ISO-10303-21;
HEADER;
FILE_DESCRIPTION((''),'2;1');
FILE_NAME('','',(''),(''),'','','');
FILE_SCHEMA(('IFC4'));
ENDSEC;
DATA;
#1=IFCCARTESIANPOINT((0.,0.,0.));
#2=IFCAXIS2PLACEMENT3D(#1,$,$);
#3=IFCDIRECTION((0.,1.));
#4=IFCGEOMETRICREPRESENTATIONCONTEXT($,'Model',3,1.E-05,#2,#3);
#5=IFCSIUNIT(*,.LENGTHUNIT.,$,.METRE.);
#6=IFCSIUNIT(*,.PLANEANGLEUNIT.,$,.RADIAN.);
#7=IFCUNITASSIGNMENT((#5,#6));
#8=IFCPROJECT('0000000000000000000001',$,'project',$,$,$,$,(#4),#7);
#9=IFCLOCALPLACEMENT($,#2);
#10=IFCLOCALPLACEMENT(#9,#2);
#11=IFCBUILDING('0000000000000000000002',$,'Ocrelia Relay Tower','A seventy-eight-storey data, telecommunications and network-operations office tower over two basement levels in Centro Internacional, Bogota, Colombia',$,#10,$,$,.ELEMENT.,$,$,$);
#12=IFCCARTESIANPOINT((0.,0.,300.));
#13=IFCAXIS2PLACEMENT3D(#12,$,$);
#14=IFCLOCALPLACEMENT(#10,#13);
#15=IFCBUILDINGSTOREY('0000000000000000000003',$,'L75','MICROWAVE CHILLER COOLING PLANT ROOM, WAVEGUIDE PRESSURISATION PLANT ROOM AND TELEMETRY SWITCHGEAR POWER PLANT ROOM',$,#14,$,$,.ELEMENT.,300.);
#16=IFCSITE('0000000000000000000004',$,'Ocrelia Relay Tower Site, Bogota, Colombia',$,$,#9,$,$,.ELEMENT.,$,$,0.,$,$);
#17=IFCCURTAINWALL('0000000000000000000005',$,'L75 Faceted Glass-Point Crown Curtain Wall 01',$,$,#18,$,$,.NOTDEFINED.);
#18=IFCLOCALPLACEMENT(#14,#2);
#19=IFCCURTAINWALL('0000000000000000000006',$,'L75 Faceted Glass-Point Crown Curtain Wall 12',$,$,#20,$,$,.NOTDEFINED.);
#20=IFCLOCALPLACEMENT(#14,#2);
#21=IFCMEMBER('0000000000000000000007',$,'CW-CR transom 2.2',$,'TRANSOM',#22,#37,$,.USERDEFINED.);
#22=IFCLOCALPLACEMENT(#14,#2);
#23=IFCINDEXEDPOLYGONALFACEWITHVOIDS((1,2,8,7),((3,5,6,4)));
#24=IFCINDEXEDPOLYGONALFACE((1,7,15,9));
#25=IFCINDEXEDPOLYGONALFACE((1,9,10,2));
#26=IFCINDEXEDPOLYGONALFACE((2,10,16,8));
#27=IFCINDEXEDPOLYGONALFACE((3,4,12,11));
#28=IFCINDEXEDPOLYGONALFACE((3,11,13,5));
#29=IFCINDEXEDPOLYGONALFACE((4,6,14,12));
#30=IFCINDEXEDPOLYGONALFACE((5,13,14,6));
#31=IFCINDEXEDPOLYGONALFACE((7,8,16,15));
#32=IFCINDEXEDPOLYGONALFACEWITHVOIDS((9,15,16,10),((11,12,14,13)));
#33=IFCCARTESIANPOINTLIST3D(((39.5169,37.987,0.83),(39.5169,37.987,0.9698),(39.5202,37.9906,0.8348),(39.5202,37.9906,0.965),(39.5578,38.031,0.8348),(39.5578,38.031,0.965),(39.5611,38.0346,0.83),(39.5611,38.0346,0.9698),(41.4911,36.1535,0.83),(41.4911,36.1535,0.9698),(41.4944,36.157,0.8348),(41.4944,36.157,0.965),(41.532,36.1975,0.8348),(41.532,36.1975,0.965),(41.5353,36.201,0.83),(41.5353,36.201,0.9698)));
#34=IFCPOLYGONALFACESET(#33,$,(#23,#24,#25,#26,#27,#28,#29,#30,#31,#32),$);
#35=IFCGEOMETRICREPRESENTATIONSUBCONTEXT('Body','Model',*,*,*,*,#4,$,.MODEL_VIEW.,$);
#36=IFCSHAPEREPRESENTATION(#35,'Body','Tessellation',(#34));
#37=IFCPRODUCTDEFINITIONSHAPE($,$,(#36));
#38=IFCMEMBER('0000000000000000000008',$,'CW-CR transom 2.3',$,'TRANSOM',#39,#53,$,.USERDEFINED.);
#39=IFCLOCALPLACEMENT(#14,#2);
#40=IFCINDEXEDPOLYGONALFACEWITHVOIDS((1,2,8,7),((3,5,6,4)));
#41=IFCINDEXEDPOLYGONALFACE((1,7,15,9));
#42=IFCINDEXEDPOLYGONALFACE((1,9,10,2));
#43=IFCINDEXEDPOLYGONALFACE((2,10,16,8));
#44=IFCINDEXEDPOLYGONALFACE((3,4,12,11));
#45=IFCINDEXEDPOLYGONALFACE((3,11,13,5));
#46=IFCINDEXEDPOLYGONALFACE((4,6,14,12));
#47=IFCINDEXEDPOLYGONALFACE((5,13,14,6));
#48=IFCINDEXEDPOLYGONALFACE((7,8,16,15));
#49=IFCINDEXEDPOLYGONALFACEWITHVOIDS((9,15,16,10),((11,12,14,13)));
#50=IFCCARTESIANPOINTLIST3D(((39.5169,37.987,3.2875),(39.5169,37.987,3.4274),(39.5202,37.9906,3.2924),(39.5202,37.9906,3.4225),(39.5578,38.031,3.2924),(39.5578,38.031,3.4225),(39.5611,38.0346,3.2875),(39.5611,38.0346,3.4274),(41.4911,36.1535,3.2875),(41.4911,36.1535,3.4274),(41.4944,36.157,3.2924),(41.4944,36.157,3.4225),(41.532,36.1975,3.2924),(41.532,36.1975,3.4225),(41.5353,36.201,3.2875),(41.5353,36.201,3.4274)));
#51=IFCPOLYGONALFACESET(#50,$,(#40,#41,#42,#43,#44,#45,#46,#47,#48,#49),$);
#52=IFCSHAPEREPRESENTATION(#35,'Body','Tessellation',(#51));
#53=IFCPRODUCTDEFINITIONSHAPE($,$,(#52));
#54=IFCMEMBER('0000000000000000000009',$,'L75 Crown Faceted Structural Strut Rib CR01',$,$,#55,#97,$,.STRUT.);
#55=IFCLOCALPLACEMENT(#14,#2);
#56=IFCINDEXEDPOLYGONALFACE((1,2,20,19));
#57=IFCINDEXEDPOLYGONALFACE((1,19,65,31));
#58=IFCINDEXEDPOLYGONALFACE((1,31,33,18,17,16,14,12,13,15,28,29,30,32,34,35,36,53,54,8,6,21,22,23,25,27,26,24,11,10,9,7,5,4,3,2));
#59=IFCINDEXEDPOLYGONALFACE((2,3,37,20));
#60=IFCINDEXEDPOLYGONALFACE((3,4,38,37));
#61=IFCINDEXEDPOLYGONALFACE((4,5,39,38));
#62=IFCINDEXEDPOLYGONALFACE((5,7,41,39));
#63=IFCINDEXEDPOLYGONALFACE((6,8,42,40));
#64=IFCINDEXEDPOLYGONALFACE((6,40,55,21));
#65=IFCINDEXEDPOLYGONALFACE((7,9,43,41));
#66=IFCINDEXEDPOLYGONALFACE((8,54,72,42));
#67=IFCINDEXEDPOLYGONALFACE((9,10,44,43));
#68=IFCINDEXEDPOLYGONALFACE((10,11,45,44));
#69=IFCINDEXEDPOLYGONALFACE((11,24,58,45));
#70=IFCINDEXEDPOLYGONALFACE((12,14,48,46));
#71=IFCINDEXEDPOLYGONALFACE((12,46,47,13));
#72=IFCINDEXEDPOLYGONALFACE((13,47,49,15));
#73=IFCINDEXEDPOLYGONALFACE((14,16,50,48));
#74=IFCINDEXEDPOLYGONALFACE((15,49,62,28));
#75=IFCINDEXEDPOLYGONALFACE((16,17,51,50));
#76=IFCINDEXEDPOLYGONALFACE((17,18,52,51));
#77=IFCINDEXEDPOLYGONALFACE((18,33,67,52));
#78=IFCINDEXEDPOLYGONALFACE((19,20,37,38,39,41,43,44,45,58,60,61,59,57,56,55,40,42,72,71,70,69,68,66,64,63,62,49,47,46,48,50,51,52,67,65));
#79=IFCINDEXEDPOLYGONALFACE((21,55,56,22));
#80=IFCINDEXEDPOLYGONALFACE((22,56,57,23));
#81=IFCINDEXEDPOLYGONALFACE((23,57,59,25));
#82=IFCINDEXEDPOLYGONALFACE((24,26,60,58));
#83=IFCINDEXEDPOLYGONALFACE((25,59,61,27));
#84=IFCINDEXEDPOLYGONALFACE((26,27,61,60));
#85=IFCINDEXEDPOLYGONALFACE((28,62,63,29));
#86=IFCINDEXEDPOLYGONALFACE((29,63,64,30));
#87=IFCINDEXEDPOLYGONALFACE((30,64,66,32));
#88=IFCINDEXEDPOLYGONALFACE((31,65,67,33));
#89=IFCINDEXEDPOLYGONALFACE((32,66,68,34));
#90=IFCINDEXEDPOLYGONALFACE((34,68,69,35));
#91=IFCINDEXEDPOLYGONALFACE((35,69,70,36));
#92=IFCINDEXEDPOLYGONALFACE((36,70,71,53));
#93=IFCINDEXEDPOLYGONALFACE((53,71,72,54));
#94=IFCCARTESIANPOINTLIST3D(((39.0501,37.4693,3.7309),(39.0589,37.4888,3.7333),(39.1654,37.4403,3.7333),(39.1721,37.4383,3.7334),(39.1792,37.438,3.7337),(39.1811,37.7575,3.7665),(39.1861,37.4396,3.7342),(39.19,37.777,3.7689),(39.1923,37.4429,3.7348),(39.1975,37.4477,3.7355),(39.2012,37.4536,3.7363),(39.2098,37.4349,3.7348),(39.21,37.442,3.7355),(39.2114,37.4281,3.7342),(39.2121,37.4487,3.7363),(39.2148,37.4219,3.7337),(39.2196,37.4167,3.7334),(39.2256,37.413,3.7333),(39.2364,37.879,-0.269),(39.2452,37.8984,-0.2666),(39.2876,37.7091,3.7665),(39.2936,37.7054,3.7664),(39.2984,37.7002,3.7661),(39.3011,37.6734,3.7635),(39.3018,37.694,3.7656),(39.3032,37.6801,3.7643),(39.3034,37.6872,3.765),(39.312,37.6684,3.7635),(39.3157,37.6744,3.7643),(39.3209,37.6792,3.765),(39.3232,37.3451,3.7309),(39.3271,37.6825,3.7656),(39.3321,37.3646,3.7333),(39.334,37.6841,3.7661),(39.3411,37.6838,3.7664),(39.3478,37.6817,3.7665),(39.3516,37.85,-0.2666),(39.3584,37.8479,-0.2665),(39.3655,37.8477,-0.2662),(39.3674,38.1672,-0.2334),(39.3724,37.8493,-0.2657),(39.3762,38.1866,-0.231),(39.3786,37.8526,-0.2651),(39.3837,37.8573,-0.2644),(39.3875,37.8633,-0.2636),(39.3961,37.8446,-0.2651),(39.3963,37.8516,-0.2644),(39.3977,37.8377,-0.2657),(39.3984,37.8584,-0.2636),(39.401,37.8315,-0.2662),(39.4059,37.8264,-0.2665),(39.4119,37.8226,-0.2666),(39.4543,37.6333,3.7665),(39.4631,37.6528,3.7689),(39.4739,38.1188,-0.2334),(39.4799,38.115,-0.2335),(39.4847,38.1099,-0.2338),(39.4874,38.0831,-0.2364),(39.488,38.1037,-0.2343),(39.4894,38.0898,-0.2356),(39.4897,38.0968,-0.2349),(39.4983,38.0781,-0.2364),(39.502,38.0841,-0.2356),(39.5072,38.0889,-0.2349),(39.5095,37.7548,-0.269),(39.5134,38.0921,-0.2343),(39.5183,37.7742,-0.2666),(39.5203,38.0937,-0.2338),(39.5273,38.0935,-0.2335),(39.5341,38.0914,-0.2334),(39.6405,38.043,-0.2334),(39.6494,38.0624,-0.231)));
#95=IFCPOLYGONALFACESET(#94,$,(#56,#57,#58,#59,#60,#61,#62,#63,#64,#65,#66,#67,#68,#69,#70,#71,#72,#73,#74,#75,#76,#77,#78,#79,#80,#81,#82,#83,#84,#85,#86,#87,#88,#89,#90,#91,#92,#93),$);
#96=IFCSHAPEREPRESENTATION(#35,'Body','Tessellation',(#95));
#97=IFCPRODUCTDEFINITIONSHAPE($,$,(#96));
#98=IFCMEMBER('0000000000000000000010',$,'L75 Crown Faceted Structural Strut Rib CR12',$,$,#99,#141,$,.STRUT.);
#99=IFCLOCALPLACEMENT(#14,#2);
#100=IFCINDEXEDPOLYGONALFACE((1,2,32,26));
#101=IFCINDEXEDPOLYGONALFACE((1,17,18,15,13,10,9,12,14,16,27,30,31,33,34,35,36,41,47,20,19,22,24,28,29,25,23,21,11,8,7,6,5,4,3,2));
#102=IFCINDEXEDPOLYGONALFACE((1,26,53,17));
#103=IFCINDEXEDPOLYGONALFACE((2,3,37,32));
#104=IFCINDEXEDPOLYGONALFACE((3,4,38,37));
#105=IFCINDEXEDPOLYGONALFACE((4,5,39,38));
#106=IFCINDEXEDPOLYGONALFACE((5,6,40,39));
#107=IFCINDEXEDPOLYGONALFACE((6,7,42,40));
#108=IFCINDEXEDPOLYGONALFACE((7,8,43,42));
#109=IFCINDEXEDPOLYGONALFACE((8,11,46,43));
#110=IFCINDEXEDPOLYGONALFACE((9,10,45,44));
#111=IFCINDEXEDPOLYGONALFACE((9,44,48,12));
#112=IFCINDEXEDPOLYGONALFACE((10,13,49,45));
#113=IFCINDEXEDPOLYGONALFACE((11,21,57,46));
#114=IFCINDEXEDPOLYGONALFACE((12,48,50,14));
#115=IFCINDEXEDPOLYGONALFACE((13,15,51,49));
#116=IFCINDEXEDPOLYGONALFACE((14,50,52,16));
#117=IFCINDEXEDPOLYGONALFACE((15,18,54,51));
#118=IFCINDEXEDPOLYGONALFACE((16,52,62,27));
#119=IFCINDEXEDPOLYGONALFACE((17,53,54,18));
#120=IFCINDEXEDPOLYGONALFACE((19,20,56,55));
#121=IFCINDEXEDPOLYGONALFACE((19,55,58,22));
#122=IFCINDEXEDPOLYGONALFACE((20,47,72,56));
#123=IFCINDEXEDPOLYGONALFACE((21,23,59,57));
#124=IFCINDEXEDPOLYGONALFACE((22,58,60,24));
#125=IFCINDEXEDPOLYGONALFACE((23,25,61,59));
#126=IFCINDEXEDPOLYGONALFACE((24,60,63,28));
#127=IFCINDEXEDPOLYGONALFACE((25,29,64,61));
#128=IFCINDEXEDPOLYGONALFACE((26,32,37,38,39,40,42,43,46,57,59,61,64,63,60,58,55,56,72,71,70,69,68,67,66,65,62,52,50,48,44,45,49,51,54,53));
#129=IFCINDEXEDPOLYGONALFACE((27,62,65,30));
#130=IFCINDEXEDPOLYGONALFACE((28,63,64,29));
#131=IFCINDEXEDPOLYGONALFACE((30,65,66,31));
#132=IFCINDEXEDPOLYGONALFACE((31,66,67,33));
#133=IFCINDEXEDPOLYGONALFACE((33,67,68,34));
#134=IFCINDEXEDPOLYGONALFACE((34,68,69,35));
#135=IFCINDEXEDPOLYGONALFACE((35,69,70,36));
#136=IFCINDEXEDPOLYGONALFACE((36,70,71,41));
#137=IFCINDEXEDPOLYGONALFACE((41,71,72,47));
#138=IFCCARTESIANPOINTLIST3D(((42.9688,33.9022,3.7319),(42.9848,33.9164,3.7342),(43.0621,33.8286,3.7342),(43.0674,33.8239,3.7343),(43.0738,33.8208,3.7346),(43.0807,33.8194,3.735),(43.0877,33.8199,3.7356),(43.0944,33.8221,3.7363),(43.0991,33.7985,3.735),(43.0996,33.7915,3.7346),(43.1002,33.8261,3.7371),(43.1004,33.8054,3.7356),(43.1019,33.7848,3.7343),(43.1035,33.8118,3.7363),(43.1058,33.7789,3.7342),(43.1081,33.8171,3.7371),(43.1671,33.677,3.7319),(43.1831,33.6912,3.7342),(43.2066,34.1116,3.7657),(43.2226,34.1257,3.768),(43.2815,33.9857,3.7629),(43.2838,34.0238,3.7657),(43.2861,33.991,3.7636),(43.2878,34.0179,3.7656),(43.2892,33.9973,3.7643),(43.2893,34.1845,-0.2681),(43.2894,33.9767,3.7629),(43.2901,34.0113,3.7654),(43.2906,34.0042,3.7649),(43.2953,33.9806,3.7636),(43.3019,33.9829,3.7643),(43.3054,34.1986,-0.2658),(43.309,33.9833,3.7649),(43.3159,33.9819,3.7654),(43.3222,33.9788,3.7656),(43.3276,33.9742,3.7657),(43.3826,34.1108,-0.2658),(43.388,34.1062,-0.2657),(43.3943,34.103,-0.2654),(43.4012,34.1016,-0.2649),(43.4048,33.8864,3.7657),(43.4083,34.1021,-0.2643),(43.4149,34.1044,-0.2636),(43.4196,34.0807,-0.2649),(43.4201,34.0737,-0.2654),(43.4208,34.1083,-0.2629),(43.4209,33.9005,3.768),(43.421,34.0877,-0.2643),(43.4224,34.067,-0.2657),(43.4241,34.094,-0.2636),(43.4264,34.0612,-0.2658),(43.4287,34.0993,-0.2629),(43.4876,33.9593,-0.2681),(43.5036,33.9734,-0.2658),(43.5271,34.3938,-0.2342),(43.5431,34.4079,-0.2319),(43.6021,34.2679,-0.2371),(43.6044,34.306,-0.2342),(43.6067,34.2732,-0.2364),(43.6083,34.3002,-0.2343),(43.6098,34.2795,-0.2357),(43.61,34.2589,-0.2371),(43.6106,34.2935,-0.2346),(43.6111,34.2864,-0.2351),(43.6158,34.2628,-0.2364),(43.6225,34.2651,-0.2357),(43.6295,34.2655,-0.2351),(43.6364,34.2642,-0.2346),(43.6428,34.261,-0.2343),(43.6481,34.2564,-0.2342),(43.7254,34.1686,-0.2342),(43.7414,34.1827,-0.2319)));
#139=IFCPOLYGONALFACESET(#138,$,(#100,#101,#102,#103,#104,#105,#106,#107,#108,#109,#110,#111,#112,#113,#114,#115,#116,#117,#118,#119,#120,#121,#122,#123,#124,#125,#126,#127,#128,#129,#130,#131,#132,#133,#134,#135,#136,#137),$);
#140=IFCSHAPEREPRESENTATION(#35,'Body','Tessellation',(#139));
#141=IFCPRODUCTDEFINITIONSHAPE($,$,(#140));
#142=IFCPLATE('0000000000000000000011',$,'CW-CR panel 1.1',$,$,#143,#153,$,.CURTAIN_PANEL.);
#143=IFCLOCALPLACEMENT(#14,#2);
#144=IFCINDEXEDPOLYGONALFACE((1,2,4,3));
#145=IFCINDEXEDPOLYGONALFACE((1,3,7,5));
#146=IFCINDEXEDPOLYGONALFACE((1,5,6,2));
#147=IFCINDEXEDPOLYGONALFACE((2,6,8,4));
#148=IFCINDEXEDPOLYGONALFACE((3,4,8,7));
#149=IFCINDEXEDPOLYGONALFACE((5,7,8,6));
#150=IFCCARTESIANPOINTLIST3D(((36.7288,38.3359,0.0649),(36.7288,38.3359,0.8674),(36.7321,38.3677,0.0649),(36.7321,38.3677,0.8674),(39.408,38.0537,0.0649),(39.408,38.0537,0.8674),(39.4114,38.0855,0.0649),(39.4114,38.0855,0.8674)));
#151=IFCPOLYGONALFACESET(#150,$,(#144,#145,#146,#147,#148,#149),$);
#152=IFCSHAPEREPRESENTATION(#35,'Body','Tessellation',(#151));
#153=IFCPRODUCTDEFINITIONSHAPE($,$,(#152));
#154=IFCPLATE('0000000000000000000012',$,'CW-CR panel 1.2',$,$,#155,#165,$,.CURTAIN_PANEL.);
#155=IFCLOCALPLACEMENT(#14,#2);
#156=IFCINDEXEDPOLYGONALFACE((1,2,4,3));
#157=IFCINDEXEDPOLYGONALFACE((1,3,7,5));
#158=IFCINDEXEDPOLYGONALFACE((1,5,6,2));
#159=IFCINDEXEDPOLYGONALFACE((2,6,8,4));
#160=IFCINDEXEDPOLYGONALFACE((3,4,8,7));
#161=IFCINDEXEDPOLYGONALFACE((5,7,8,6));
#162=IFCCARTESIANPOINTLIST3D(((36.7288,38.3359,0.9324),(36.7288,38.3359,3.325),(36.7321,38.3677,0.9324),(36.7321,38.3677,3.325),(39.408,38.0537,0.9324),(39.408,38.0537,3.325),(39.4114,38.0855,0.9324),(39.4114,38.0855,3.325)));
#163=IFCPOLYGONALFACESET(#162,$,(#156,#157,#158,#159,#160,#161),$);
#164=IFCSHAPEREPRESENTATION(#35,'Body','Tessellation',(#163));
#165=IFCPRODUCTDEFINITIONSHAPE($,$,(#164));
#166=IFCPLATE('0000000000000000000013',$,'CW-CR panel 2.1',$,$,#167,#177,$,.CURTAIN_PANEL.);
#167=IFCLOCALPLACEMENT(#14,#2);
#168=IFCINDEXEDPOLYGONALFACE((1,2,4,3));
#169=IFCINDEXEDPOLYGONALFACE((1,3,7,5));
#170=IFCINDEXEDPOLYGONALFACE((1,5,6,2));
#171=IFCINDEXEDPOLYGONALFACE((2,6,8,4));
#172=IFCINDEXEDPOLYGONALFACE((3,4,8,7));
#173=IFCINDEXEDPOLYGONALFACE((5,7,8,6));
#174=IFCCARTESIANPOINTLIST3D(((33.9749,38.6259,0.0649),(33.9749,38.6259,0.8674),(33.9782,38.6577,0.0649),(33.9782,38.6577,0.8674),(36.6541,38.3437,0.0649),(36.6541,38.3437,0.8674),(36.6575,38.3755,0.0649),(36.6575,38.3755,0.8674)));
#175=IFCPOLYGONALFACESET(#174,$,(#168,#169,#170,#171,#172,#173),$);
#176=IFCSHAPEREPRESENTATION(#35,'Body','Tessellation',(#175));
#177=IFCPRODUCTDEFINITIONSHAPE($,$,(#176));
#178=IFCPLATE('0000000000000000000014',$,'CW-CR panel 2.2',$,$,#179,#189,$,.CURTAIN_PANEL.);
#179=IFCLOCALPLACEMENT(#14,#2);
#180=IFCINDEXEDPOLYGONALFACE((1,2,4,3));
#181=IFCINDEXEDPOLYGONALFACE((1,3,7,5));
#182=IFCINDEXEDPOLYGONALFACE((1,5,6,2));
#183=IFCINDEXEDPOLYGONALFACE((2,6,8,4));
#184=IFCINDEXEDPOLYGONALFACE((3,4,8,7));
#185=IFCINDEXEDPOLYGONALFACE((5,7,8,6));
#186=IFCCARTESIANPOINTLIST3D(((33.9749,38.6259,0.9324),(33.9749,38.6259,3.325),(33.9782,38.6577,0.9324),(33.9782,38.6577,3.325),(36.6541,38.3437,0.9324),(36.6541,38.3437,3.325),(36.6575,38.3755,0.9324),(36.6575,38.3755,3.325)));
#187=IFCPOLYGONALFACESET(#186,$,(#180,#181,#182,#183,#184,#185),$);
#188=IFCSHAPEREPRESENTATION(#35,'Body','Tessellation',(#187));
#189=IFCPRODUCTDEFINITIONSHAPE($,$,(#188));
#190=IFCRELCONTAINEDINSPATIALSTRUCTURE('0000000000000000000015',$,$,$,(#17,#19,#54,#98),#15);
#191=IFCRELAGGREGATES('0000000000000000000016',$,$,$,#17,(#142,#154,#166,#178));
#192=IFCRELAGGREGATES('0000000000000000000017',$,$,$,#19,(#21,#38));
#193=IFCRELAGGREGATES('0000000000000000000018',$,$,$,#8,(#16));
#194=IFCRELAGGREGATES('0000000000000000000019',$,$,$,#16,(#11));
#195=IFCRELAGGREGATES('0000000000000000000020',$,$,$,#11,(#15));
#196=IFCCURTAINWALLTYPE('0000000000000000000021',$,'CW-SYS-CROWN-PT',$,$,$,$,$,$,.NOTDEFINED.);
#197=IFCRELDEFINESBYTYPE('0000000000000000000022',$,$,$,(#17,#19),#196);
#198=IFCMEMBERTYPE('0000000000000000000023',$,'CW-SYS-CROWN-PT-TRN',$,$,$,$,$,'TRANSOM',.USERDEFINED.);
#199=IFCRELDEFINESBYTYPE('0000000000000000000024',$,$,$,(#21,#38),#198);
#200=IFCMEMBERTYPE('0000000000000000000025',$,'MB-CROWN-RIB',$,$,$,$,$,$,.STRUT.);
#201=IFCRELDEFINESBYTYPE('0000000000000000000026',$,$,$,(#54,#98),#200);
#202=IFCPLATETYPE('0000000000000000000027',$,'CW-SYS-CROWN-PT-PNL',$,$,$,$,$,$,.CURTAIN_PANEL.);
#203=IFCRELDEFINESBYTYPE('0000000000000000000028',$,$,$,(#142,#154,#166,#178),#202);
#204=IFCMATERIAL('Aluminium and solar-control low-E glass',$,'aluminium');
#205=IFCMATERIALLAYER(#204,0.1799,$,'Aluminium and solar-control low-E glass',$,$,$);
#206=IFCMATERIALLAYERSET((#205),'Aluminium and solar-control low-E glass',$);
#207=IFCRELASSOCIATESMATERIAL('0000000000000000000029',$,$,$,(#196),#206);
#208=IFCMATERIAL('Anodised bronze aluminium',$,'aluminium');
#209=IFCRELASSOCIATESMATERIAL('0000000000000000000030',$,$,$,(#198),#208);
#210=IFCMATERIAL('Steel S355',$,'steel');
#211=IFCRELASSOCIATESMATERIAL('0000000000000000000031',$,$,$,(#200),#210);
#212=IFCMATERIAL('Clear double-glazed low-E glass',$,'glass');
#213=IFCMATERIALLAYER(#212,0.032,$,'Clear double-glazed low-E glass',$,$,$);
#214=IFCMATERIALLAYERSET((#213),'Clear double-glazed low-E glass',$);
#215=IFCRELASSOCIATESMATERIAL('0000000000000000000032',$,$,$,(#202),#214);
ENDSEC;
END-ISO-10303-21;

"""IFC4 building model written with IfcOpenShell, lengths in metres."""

from ifc_helpers import new_model, si_unit, direction, frame, origin, origin_2d, place, context, subcontext, project, spatial, rectangle, hollow_rectangle, i_section, extrude, material, layer, layer_set, material_profile, profile_set, type_object, element, aggregate, save


model = new_model("IFC4")

# Units and contexts
model_context = context("Model", 3, precision=1e-05, world=origin(), true_north=direction((0.0, 1.0)))
body_context = subcontext(model_context, "Body", "Model", "MODEL_VIEW")
ifc_project = project(units=[si_unit("LENGTHUNIT", "METRE"), si_unit("PLANEANGLEUNIT", "RADIAN")], contexts=[model_context])

# Site, building, storey
site_placement = place(None, origin())
site = spatial("IfcSite", under=ifc_project, at=site_placement, Name="Ocrelia Relay Tower Site, Bogota, Colombia", CompositionType="ELEMENT", RefElevation=0.0)
building_placement = place(site_placement, origin())
building = spatial("IfcBuilding", under=site, at=building_placement, Name="Ocrelia Relay Tower", Description="A seventy-eight-storey data, telecommunications and network-operations office tower over two basement levels in Centro Internacional, Bogota, Colombia", CompositionType="ELEMENT")
storey_placement = place(building_placement, frame((0.0, 0.0, 300.0)))
storey = spatial("IfcBuildingStorey", under=building, at=storey_placement, Name="L75", Description="MICROWAVE CHILLER COOLING PLANT ROOM, WAVEGUIDE PRESSURISATION PLANT ROOM AND TELEMETRY SWITCHGEAR POWER PLANT ROOM", CompositionType="ELEMENT", Elevation=300.0)

# Shared definitions
ifc_material_1 = material(Name="Steel S355", Category="steel")

# Curtain wall
ifc_material_2 = material(Name="Aluminium and solar-control low-E glass", Category="aluminium")
ifc_layer_1 = layer(ifc_material_2, 0.1799, Name="Aluminium and solar-control low-E glass")
ifc_layer_set_1 = layer_set([ifc_layer_1], Name="Aluminium and solar-control low-E glass")
curtain_wall_type = type_object("IfcCurtainWallType", Name="CW-SYS-CROWN-PT", PredefinedType="NOTDEFINED", material=ifc_layer_set_1)
curtain_wall_1_placement = place(storey_placement, origin())
curtain_wall_1 = element("IfcCurtainWall", 1, at=curtain_wall_1_placement, inside=storey, type_object=curtain_wall_type, Name="L75 Faceted Glass-Point Crown Curtain Wall 01", PredefinedType="NOTDEFINED")
ifc_material_3 = material(Name="Anodised bronze aluminium", Category="aluminium")

# Curtain wall
curtain_wall_2_placement = place(storey_placement, origin())
curtain_wall_2 = element("IfcCurtainWall", 2, at=curtain_wall_2_placement, inside=storey, type_object=curtain_wall_type, Name="L75 Faceted Glass-Point Crown Curtain Wall 12", PredefinedType="NOTDEFINED")

# Members
ifc_material_profile_1 = material_profile(ifc_material_3, hollow_rectangle(XDim=0.0649, YDim=0.1399, WallThickness=0.0049, at=origin_2d()), Name="CW-TRN-140x65")
ifc_profile_set_1 = profile_set([ifc_material_profile_1], Name="Anodised bronze aluminium")
member_type_1 = type_object("IfcMemberType", Name="CW-SYS-CROWN-PT-TRN", ElementType="TRANSOM", PredefinedType="USERDEFINED", material=ifc_profile_set_1)
member_1_placement = place(storey_placement, frame((41.5132, 36.1772, 0.8999), z_axis=(-0.732722, 0.680528, 0.0), x_axis=(-0.680528, -0.732722, 0.0)))
member_1 = element("IfcMember", 3, at=member_1_placement, type_object=member_type_1, Name="CW-CR transom 2.2", ObjectType="TRANSOM", PredefinedType="USERDEFINED", context=body_context, shape_type="SweptSolid", body=[
    extrude(hollow_rectangle(XDim=0.0649, YDim=0.1399, WallThickness=0.0049, at=origin_2d()), origin(), (0.0, 0.0, 1.0), 2.6943),
])
member_2_placement = place(storey_placement, frame((41.5132, 36.1772, 3.3574), z_axis=(-0.732722, 0.680528, 0.0), x_axis=(-0.680528, -0.732722, 0.0)))
member_2 = element("IfcMember", 4, at=member_2_placement, type_object=member_type_1, Name="CW-CR transom 2.3", ObjectType="TRANSOM", PredefinedType="USERDEFINED", context=body_context, shape_type="SweptSolid", body=[
    extrude(hollow_rectangle(XDim=0.0649, YDim=0.1399, WallThickness=0.0049, at=origin_2d()), origin(), (0.0, 0.0, 1.0), 2.6943),
])

# Members
ifc_material_profile_2 = material_profile(ifc_material_1, i_section(OverallWidth=0.3, OverallDepth=0.3401, WebThickness=0.012, FlangeThickness=0.0215, FilletRadius=0.0271, at=origin_2d()), Name="HEB 340")
ifc_profile_set_2 = profile_set([ifc_material_profile_2], Name="Steel S355")
member_type_2 = type_object("IfcMemberType", Name="MB-CROWN-RIB", PredefinedType="STRUT", material=ifc_profile_set_2)
member_3_placement = place(storey_placement, frame((39.4429, 37.9707, -0.25), z_axis=(-0.046278, -0.101775, 0.99373), x_axis=(0.910311, -0.413926, 0.0)))
element("IfcMember", 5, at=member_3_placement, inside=storey, type_object=member_type_2, Name="L75 Crown Faceted Structural Strut Rib CR01", PredefinedType="STRUT", context=body_context, shape_type="SweptSolid", body=[
    extrude(i_section(OverallWidth=0.3, OverallDepth=0.3401, WebThickness=0.012, FlangeThickness=0.0215, FilletRadius=0.0271, at=origin_2d()), origin(), (0.0, 0.0, 1.0), 4.0251),
])
member_4_placement = place(storey_placement, frame((43.5154, 34.1836, -0.25), z_axis=(-0.079686, -0.070158, 0.994348), x_axis=(0.660808, -0.750555, 0.0)))
element("IfcMember", 6, at=member_4_placement, inside=storey, type_object=member_type_2, Name="L75 Crown Faceted Structural Strut Rib CR12", PredefinedType="STRUT", context=body_context, shape_type="SweptSolid", body=[
    extrude(i_section(OverallWidth=0.3, OverallDepth=0.3401, WebThickness=0.012, FlangeThickness=0.0215, FilletRadius=0.0271, at=origin_2d()), origin(), (0.0, 0.0, 1.0), 4.0227),
])

# Plates
ifc_material_4 = material(Name="Clear double-glazed low-E glass", Category="glass")
ifc_layer_2 = layer(ifc_material_4, 0.032, Name="Clear double-glazed low-E glass")
ifc_layer_set_2 = layer_set([ifc_layer_2], Name="Clear double-glazed low-E glass")
plate_type = type_object("IfcPlateType", Name="CW-SYS-CROWN-PT-PNL", PredefinedType="CURTAIN_PANEL", material=ifc_layer_set_2)
plate_1_placement = place(storey_placement, frame((38.0701, 38.2107, 0.0649), z_axis=(0.0, 0.0, 1.0), x_axis=(-0.994498, 0.104755, 0.0)))
plate_1 = element("IfcPlate", 7, at=plate_1_placement, type_object=plate_type, Name="CW-CR panel 1.1", PredefinedType="CURTAIN_PANEL", context=body_context, shape_type="SweptSolid", body=[
    extrude(rectangle(XDim=2.6941, YDim=0.032, at=origin_2d()), origin(), (0.0, 0.0, 1.0), 0.8025),
])
plate_2_placement = place(storey_placement, frame((38.0701, 38.2107, 0.9324), z_axis=(0.0, 0.0, 1.0), x_axis=(-0.994498, 0.104755, 0.0)))
plate_2 = element("IfcPlate", 8, at=plate_2_placement, type_object=plate_type, Name="CW-CR panel 1.2", PredefinedType="CURTAIN_PANEL", context=body_context, shape_type="SweptSolid", body=[
    extrude(rectangle(XDim=2.6941, YDim=0.032, at=origin_2d()), origin(), (0.0, 0.0, 1.0), 2.3926),
])
plate_3_placement = place(storey_placement, frame((35.3162, 38.5007, 0.0649), z_axis=(0.0, 0.0, 1.0), x_axis=(-0.994498, 0.104755, 0.0)))
plate_3 = element("IfcPlate", 9, at=plate_3_placement, type_object=plate_type, Name="CW-CR panel 2.1", PredefinedType="CURTAIN_PANEL", context=body_context, shape_type="SweptSolid", body=[
    extrude(rectangle(XDim=2.6941, YDim=0.032, at=origin_2d()), origin(), (0.0, 0.0, 1.0), 0.8025),
])
plate_4_placement = place(storey_placement, frame((35.3162, 38.5007, 0.9324), z_axis=(0.0, 0.0, 1.0), x_axis=(-0.994498, 0.104755, 0.0)))
plate_4 = element("IfcPlate", 10, at=plate_4_placement, type_object=plate_type, Name="CW-CR panel 2.2", PredefinedType="CURTAIN_PANEL", context=body_context, shape_type="SweptSolid", body=[
    extrude(rectangle(XDim=2.6941, YDim=0.032, at=origin_2d()), origin(), (0.0, 0.0, 1.0), 2.3926),
])
aggregate(curtain_wall_1, [plate_1, plate_2, plate_3, plate_4])
aggregate(curtain_wall_2, [member_1, member_2])

save(model, "model.ifc")
